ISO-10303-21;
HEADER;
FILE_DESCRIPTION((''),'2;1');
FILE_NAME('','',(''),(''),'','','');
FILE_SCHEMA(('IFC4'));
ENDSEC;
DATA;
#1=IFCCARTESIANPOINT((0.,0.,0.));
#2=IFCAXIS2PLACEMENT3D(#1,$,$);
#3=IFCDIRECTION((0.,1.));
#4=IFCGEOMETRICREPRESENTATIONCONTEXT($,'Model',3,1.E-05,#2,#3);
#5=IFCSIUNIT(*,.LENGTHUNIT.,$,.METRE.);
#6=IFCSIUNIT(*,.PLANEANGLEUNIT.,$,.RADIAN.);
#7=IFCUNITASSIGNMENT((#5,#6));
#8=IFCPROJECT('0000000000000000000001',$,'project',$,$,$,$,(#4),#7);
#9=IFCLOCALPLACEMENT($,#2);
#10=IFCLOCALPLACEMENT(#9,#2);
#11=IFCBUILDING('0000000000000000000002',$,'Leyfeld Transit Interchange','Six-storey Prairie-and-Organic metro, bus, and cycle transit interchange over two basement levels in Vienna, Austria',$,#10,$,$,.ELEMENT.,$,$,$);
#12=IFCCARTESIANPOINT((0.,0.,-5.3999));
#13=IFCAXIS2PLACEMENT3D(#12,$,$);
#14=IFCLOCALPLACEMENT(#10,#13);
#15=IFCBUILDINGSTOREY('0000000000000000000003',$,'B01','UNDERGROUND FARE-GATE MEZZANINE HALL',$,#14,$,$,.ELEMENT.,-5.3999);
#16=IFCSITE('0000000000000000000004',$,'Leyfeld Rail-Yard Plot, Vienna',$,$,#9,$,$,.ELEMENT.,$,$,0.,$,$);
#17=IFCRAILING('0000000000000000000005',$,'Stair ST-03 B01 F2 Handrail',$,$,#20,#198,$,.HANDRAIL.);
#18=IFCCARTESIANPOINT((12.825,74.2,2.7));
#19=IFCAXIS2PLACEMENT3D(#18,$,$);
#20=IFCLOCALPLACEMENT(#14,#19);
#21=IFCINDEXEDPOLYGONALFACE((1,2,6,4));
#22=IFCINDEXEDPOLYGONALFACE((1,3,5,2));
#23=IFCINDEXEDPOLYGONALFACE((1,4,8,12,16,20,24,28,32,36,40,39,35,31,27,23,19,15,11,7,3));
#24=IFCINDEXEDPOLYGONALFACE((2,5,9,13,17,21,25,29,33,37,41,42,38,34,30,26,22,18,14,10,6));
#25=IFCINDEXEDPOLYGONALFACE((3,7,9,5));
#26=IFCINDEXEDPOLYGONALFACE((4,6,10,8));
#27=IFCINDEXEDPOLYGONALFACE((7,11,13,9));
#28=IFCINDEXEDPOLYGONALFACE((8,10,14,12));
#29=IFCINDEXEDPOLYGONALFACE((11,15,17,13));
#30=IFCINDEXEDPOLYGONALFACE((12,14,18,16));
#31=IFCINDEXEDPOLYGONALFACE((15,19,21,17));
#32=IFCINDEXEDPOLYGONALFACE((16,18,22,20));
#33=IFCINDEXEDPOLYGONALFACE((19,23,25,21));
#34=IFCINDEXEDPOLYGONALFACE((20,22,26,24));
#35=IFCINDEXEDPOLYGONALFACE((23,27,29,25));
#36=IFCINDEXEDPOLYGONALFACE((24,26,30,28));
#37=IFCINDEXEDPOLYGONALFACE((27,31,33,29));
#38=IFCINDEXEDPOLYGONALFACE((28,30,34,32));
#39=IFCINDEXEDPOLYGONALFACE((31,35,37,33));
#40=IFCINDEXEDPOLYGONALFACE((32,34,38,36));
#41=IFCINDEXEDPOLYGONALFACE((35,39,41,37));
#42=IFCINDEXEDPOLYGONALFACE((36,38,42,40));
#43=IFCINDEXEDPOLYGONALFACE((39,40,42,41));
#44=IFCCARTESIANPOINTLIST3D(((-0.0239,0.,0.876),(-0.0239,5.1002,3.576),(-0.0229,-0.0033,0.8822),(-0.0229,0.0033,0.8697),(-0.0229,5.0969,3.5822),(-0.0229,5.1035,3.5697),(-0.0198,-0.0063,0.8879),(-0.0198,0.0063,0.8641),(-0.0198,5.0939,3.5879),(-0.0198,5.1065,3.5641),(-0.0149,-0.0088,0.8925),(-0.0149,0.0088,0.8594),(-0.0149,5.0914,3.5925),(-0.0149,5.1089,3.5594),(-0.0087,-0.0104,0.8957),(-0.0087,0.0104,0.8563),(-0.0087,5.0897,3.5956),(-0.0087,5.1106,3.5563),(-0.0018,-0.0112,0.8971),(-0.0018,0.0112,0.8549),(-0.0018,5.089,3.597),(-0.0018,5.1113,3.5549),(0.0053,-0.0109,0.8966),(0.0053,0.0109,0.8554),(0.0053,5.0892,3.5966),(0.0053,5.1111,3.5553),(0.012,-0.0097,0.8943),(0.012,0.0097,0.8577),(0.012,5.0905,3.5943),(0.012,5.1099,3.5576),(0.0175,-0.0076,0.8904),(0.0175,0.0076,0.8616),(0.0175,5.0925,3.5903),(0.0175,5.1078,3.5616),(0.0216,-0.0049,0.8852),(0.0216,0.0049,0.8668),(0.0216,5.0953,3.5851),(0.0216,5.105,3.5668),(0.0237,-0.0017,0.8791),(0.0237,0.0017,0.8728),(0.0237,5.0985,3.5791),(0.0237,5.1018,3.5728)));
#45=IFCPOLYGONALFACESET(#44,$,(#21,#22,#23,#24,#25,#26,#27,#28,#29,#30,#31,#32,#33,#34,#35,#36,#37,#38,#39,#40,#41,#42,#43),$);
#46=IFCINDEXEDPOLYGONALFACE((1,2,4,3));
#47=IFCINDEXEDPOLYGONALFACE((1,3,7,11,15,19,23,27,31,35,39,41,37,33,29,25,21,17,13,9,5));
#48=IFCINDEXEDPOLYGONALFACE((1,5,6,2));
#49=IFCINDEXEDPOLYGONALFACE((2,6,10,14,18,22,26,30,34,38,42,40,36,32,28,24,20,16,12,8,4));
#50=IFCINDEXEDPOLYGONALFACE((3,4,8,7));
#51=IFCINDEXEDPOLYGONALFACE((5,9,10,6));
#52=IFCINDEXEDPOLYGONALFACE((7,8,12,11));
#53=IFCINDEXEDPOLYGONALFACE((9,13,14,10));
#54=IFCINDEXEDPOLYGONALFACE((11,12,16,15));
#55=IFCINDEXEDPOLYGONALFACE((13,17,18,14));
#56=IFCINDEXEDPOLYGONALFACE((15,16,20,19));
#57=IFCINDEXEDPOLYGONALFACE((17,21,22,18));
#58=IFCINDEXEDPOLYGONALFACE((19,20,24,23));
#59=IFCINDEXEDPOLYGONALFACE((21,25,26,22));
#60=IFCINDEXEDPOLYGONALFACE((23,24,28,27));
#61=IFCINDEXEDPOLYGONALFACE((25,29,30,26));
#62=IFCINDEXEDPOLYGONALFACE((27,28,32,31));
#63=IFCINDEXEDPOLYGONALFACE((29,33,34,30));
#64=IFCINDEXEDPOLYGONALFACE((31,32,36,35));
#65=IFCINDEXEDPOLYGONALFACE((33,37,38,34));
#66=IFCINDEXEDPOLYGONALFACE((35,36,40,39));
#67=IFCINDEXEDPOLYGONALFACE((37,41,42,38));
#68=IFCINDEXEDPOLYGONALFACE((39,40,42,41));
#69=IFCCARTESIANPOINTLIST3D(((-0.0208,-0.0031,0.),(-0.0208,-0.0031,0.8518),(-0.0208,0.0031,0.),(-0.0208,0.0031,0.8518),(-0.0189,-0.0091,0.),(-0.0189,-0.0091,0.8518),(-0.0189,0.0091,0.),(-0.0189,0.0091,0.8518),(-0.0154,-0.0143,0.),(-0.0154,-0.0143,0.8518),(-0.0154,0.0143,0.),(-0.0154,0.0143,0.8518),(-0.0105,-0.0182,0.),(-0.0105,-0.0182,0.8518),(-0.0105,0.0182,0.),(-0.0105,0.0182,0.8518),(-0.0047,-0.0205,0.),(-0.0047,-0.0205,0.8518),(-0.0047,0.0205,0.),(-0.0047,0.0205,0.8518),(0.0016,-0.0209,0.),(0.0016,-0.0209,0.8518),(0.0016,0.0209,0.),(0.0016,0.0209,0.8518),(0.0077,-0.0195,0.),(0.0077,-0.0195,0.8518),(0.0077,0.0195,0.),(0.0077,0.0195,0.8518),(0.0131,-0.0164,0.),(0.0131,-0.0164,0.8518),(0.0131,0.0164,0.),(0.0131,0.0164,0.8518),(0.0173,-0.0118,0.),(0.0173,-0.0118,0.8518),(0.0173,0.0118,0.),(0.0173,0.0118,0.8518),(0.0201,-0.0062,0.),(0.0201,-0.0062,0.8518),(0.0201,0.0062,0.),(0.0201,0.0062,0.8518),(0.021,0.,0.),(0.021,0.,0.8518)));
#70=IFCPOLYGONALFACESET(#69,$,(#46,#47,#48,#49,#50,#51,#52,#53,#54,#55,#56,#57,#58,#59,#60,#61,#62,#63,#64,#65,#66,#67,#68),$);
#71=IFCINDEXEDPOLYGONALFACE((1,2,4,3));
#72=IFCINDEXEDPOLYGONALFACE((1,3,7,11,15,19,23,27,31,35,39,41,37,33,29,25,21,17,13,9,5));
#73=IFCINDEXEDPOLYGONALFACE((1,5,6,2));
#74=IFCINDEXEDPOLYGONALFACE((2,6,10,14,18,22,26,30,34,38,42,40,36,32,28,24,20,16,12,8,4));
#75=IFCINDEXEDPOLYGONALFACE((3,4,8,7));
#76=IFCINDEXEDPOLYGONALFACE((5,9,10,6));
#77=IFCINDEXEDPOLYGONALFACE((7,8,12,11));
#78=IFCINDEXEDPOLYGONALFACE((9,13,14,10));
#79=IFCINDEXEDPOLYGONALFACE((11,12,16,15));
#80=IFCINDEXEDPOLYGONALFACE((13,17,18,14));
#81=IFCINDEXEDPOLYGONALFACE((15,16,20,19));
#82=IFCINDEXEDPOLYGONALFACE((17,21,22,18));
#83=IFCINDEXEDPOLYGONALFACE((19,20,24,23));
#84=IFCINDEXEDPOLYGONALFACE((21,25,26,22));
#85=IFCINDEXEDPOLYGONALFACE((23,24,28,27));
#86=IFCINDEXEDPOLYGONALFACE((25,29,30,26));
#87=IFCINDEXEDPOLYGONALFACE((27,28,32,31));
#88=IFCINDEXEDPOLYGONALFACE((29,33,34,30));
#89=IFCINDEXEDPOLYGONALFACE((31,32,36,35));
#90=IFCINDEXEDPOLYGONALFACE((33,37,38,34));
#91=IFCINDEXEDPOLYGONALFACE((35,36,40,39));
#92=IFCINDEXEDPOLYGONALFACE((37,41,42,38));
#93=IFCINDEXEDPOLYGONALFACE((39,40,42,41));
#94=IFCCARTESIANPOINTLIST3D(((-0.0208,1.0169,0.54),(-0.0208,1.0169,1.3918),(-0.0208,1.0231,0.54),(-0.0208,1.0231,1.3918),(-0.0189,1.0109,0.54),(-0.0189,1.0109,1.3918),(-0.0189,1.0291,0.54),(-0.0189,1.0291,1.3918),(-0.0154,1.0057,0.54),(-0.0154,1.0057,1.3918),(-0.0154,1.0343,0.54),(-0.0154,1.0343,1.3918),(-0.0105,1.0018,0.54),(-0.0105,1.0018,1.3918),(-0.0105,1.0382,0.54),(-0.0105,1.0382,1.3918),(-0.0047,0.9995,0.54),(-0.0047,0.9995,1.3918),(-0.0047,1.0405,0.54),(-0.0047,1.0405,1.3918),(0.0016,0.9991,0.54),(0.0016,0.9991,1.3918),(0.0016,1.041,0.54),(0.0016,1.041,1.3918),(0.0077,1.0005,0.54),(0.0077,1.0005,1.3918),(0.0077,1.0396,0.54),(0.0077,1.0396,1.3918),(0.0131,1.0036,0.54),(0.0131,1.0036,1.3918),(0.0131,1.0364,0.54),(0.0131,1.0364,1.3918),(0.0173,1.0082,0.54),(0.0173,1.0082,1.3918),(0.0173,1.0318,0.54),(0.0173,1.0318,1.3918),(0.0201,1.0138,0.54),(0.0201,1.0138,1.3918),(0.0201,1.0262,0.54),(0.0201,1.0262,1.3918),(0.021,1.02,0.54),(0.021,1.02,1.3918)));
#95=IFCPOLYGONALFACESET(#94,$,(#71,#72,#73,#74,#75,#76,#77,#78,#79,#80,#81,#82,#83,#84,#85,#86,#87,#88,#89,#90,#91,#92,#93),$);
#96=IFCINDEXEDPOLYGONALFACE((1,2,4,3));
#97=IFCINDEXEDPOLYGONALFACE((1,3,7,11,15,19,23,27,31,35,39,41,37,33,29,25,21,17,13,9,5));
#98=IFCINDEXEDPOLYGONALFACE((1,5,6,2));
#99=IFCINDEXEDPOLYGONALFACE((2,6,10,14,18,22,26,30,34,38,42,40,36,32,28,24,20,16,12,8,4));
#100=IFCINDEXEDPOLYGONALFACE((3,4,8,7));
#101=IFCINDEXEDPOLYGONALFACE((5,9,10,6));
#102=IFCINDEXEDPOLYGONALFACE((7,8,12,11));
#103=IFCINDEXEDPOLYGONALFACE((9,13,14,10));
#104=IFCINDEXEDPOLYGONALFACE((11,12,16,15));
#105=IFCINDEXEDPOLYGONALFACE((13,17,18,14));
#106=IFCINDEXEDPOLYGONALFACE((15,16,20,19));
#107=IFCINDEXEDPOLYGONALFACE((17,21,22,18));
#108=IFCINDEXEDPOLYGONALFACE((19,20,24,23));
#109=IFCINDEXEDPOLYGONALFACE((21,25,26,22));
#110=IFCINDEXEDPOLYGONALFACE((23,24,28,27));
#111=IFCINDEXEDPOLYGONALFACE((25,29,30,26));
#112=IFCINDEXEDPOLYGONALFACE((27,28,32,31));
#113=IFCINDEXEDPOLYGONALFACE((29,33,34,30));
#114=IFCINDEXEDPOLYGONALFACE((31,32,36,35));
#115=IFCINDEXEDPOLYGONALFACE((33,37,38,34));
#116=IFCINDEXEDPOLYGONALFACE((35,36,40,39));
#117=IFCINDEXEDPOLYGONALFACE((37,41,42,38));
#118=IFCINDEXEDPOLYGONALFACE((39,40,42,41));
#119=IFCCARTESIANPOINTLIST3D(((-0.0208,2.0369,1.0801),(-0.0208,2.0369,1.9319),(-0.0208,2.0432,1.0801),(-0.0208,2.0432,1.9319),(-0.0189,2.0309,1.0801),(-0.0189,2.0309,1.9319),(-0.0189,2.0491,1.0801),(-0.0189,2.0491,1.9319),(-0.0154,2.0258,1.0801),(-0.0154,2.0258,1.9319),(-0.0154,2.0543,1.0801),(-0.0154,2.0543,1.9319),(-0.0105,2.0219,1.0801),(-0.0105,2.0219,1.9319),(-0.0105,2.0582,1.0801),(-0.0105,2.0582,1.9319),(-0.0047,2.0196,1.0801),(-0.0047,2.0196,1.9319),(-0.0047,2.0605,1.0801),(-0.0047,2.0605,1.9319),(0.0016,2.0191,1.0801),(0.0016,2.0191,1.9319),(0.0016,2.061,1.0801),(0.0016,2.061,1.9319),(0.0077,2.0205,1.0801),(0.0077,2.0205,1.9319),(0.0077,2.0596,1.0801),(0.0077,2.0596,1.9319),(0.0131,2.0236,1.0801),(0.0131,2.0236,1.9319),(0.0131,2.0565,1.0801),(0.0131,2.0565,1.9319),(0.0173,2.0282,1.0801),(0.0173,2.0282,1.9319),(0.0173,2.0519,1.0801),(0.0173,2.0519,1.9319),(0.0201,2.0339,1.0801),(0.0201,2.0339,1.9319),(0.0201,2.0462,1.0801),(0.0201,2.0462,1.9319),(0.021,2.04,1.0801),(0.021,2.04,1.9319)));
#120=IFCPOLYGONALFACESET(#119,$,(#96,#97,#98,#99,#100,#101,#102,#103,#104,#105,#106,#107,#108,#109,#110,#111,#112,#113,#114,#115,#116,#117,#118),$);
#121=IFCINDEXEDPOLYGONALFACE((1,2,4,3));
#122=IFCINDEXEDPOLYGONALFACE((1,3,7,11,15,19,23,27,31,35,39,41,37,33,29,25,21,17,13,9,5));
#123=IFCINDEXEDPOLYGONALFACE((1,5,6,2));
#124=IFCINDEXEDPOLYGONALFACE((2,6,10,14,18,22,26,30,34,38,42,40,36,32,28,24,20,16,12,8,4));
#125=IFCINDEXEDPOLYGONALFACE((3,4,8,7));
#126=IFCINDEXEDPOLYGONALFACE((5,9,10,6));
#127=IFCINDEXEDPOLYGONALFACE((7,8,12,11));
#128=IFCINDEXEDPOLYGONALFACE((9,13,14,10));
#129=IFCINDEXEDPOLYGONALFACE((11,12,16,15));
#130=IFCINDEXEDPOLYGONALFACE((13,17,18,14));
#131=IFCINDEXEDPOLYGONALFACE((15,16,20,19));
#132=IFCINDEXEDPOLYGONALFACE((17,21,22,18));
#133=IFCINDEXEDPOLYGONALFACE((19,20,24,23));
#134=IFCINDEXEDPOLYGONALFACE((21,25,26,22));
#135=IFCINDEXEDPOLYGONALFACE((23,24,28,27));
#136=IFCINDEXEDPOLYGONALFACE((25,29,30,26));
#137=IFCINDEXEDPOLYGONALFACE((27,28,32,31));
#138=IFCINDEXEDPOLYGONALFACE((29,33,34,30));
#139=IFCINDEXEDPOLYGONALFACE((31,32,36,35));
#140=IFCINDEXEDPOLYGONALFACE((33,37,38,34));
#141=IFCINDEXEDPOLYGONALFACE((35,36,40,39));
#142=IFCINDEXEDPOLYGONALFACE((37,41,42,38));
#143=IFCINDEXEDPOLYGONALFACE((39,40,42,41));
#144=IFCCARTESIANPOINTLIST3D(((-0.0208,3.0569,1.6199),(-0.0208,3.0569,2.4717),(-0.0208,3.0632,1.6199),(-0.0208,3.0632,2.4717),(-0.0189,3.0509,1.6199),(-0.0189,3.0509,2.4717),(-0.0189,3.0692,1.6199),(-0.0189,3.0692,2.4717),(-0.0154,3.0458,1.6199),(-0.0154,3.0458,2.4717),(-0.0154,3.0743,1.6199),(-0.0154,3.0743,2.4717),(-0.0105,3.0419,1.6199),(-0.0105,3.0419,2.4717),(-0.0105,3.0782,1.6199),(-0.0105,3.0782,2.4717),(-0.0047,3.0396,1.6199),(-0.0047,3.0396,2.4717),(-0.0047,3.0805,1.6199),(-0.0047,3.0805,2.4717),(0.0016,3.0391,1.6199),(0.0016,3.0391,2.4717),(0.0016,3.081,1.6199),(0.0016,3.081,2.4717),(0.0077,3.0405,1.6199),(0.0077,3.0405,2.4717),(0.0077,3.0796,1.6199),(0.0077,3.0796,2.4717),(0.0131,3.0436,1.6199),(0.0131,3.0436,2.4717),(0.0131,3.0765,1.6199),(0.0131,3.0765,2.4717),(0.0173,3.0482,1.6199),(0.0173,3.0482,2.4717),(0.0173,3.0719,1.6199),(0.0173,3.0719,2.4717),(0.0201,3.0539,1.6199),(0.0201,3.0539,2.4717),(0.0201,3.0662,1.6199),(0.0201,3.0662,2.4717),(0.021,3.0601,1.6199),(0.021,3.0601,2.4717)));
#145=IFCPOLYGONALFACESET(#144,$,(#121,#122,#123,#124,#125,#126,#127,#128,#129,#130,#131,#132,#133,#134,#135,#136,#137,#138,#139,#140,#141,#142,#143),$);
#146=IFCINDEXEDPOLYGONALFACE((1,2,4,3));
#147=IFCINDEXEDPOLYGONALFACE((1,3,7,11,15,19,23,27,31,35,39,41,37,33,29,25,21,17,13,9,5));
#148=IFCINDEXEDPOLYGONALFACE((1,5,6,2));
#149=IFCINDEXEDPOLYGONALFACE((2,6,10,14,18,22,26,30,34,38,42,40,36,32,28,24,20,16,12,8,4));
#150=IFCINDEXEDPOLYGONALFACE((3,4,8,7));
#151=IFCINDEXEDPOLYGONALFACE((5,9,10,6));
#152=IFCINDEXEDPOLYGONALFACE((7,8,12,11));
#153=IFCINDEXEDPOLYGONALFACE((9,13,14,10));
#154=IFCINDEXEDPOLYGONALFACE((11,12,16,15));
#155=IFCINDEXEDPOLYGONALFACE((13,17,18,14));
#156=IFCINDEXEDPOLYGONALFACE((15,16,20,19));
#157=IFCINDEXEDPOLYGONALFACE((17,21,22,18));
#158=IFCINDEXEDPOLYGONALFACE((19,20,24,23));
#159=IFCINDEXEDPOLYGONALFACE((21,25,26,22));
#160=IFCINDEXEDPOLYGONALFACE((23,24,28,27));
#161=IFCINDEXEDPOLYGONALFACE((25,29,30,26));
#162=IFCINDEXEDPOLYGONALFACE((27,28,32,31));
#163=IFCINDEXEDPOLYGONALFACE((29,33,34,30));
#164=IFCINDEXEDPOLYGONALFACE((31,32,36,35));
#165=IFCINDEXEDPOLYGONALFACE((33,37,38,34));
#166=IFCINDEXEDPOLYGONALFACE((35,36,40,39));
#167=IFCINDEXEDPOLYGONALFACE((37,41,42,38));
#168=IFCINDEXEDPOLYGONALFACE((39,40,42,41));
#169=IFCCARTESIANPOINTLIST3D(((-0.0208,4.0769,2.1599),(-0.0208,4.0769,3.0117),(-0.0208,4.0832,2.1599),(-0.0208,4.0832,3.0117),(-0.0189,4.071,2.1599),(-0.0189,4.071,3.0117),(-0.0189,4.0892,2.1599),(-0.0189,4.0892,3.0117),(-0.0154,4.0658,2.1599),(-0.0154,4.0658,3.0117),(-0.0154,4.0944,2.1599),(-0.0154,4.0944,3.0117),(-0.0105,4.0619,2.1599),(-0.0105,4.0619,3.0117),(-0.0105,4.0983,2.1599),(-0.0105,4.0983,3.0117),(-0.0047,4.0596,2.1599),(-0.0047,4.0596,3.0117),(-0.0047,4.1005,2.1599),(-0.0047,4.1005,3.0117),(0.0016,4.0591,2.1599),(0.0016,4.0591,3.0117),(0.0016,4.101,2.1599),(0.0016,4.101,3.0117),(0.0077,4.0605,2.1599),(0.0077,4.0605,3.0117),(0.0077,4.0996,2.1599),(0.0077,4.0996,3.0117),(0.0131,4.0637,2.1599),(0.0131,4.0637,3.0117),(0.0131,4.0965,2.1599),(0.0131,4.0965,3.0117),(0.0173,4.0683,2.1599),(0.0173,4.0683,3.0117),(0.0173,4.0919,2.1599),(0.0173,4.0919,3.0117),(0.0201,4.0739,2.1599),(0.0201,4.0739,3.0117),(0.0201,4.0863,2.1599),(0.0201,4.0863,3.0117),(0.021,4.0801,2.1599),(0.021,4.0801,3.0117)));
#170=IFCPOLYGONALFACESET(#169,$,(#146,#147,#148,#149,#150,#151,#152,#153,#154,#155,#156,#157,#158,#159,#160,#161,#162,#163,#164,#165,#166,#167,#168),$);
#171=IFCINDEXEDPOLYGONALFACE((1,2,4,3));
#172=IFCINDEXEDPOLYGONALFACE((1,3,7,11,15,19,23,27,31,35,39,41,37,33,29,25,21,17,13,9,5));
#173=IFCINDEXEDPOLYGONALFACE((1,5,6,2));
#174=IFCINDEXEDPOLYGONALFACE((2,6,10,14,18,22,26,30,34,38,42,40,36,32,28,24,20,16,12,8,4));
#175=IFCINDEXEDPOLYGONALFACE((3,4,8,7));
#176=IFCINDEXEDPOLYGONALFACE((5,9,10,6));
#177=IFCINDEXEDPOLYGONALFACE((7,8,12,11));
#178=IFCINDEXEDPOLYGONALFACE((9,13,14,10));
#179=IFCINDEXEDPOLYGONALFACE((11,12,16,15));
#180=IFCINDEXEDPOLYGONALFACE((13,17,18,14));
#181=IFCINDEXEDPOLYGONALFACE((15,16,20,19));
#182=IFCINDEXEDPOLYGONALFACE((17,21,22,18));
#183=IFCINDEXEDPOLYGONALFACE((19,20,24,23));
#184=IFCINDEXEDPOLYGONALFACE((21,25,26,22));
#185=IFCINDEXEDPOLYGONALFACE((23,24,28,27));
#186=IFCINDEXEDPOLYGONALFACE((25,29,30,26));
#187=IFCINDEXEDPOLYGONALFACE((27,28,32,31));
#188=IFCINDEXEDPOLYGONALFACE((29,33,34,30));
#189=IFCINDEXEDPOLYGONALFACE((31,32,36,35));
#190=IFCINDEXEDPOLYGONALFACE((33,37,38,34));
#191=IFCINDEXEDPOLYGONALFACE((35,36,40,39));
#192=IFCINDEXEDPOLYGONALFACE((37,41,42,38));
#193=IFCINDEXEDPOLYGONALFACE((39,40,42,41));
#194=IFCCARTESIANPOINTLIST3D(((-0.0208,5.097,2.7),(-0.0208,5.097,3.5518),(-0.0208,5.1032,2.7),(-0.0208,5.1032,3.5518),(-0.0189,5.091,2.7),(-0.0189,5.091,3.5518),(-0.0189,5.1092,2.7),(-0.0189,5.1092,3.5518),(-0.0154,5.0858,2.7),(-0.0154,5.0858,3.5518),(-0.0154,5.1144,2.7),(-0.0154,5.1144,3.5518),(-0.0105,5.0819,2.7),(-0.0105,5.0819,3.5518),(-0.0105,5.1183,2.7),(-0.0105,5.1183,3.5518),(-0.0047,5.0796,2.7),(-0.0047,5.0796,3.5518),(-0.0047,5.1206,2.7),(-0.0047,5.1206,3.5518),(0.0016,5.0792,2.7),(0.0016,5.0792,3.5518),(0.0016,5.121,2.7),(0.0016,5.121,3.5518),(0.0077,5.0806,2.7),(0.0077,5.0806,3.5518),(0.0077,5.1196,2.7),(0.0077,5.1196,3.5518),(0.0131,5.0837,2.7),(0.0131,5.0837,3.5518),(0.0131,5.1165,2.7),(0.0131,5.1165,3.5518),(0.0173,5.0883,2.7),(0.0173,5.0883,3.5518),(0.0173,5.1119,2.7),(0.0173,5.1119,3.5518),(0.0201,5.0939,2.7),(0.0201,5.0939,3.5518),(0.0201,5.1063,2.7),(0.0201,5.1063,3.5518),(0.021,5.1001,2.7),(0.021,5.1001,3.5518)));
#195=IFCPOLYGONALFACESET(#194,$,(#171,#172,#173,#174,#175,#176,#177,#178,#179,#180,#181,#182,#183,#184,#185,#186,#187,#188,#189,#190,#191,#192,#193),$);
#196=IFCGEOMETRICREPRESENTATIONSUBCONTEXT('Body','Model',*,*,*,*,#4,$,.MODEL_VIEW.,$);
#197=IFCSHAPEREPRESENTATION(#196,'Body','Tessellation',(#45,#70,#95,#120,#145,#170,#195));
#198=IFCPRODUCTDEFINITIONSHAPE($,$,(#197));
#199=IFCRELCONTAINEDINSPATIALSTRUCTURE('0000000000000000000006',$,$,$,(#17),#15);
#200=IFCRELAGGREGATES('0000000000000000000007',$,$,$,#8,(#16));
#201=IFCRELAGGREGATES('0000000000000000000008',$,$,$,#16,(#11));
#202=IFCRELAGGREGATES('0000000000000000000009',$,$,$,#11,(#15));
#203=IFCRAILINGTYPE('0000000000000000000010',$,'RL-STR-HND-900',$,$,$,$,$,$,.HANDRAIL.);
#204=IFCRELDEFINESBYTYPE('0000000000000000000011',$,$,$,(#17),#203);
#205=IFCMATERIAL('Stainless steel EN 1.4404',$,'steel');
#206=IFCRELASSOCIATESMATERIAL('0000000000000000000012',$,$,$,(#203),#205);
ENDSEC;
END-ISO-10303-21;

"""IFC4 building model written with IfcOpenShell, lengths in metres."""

from ifc_helpers import new_model, si_unit, direction, frame, origin, origin_2d, place, context, subcontext, project, spatial, circle, extrude, material, type_object, element, save


model = new_model("IFC4")

# Units and contexts
model_context = context("Model", 3, precision=1e-05, world=origin(), true_north=direction((0.0, 1.0)))
body_context = subcontext(model_context, "Body", "Model", "MODEL_VIEW")
ifc_project = project(units=[si_unit("LENGTHUNIT", "METRE"), si_unit("PLANEANGLEUNIT", "RADIAN")], contexts=[model_context])

# Site, building, storey
site_placement = place(None, origin())
site = spatial("IfcSite", under=ifc_project, at=site_placement, Name="Leyfeld Rail-Yard Plot, Vienna", CompositionType="ELEMENT", RefElevation=0.0)
building_placement = place(site_placement, origin())
building = spatial("IfcBuilding", under=site, at=building_placement, Name="Leyfeld Transit Interchange", Description="Six-storey Prairie-and-Organic metro, bus, and cycle transit interchange over two basement levels in Vienna, Austria", CompositionType="ELEMENT")
storey_placement = place(building_placement, frame((0.0, 0.0, -5.3999)))
storey = spatial("IfcBuildingStorey", under=building, at=storey_placement, Name="B01", Description="UNDERGROUND FARE-GATE MEZZANINE HALL", CompositionType="ELEMENT", Elevation=-5.3999)

# Railing
ifc_material_1 = material(Name="Stainless steel EN 1.4404", Category="steel")
railing_type_1 = type_object("IfcRailingType", Name="RL-STR-HND-900", PredefinedType="HANDRAIL", material=ifc_material_1)
railing_1_placement = place(storey_placement, frame((12.825, 74.2, 2.7)))
element("IfcRailing", 1, at=railing_1_placement, inside=storey, type_object=railing_type_1, Name="Stair ST-03 B01 F2 Handrail", PredefinedType="HANDRAIL", context=body_context, shape_type="SweptSolid", body=[
    extrude(circle(Radius=0.0239, at=origin_2d()), frame((0.0, 0.0, 0.876), z_axis=(0.0, 0.883795, 0.467874), x_axis=(-1.0, 0.0, 0.0)), (0.0, 0.0, 1.0), 5.7708),
    extrude(circle(Radius=0.021, at=origin_2d()), origin(), (0.0, 0.0, 1.0), 0.8518),
    extrude(circle(Radius=0.021, at=origin_2d()), frame((0.0, 1.02, 0.54)), (0.0, 0.0, 1.0), 0.8518),
    extrude(circle(Radius=0.021, at=origin_2d()), frame((0.0, 2.04, 1.0801)), (0.0, 0.0, 1.0), 0.8518),
    extrude(circle(Radius=0.021, at=origin_2d()), frame((0.0, 3.0601, 1.6199)), (0.0, 0.0, 1.0), 0.8518),
    extrude(circle(Radius=0.021, at=origin_2d()), frame((0.0, 4.0801, 2.1599)), (0.0, 0.0, 1.0), 0.8518),
    extrude(circle(Radius=0.021, at=origin_2d()), frame((0.0, 5.1001, 2.7)), (0.0, 0.0, 1.0), 0.8518),
])

save(model, "model.ifc")
